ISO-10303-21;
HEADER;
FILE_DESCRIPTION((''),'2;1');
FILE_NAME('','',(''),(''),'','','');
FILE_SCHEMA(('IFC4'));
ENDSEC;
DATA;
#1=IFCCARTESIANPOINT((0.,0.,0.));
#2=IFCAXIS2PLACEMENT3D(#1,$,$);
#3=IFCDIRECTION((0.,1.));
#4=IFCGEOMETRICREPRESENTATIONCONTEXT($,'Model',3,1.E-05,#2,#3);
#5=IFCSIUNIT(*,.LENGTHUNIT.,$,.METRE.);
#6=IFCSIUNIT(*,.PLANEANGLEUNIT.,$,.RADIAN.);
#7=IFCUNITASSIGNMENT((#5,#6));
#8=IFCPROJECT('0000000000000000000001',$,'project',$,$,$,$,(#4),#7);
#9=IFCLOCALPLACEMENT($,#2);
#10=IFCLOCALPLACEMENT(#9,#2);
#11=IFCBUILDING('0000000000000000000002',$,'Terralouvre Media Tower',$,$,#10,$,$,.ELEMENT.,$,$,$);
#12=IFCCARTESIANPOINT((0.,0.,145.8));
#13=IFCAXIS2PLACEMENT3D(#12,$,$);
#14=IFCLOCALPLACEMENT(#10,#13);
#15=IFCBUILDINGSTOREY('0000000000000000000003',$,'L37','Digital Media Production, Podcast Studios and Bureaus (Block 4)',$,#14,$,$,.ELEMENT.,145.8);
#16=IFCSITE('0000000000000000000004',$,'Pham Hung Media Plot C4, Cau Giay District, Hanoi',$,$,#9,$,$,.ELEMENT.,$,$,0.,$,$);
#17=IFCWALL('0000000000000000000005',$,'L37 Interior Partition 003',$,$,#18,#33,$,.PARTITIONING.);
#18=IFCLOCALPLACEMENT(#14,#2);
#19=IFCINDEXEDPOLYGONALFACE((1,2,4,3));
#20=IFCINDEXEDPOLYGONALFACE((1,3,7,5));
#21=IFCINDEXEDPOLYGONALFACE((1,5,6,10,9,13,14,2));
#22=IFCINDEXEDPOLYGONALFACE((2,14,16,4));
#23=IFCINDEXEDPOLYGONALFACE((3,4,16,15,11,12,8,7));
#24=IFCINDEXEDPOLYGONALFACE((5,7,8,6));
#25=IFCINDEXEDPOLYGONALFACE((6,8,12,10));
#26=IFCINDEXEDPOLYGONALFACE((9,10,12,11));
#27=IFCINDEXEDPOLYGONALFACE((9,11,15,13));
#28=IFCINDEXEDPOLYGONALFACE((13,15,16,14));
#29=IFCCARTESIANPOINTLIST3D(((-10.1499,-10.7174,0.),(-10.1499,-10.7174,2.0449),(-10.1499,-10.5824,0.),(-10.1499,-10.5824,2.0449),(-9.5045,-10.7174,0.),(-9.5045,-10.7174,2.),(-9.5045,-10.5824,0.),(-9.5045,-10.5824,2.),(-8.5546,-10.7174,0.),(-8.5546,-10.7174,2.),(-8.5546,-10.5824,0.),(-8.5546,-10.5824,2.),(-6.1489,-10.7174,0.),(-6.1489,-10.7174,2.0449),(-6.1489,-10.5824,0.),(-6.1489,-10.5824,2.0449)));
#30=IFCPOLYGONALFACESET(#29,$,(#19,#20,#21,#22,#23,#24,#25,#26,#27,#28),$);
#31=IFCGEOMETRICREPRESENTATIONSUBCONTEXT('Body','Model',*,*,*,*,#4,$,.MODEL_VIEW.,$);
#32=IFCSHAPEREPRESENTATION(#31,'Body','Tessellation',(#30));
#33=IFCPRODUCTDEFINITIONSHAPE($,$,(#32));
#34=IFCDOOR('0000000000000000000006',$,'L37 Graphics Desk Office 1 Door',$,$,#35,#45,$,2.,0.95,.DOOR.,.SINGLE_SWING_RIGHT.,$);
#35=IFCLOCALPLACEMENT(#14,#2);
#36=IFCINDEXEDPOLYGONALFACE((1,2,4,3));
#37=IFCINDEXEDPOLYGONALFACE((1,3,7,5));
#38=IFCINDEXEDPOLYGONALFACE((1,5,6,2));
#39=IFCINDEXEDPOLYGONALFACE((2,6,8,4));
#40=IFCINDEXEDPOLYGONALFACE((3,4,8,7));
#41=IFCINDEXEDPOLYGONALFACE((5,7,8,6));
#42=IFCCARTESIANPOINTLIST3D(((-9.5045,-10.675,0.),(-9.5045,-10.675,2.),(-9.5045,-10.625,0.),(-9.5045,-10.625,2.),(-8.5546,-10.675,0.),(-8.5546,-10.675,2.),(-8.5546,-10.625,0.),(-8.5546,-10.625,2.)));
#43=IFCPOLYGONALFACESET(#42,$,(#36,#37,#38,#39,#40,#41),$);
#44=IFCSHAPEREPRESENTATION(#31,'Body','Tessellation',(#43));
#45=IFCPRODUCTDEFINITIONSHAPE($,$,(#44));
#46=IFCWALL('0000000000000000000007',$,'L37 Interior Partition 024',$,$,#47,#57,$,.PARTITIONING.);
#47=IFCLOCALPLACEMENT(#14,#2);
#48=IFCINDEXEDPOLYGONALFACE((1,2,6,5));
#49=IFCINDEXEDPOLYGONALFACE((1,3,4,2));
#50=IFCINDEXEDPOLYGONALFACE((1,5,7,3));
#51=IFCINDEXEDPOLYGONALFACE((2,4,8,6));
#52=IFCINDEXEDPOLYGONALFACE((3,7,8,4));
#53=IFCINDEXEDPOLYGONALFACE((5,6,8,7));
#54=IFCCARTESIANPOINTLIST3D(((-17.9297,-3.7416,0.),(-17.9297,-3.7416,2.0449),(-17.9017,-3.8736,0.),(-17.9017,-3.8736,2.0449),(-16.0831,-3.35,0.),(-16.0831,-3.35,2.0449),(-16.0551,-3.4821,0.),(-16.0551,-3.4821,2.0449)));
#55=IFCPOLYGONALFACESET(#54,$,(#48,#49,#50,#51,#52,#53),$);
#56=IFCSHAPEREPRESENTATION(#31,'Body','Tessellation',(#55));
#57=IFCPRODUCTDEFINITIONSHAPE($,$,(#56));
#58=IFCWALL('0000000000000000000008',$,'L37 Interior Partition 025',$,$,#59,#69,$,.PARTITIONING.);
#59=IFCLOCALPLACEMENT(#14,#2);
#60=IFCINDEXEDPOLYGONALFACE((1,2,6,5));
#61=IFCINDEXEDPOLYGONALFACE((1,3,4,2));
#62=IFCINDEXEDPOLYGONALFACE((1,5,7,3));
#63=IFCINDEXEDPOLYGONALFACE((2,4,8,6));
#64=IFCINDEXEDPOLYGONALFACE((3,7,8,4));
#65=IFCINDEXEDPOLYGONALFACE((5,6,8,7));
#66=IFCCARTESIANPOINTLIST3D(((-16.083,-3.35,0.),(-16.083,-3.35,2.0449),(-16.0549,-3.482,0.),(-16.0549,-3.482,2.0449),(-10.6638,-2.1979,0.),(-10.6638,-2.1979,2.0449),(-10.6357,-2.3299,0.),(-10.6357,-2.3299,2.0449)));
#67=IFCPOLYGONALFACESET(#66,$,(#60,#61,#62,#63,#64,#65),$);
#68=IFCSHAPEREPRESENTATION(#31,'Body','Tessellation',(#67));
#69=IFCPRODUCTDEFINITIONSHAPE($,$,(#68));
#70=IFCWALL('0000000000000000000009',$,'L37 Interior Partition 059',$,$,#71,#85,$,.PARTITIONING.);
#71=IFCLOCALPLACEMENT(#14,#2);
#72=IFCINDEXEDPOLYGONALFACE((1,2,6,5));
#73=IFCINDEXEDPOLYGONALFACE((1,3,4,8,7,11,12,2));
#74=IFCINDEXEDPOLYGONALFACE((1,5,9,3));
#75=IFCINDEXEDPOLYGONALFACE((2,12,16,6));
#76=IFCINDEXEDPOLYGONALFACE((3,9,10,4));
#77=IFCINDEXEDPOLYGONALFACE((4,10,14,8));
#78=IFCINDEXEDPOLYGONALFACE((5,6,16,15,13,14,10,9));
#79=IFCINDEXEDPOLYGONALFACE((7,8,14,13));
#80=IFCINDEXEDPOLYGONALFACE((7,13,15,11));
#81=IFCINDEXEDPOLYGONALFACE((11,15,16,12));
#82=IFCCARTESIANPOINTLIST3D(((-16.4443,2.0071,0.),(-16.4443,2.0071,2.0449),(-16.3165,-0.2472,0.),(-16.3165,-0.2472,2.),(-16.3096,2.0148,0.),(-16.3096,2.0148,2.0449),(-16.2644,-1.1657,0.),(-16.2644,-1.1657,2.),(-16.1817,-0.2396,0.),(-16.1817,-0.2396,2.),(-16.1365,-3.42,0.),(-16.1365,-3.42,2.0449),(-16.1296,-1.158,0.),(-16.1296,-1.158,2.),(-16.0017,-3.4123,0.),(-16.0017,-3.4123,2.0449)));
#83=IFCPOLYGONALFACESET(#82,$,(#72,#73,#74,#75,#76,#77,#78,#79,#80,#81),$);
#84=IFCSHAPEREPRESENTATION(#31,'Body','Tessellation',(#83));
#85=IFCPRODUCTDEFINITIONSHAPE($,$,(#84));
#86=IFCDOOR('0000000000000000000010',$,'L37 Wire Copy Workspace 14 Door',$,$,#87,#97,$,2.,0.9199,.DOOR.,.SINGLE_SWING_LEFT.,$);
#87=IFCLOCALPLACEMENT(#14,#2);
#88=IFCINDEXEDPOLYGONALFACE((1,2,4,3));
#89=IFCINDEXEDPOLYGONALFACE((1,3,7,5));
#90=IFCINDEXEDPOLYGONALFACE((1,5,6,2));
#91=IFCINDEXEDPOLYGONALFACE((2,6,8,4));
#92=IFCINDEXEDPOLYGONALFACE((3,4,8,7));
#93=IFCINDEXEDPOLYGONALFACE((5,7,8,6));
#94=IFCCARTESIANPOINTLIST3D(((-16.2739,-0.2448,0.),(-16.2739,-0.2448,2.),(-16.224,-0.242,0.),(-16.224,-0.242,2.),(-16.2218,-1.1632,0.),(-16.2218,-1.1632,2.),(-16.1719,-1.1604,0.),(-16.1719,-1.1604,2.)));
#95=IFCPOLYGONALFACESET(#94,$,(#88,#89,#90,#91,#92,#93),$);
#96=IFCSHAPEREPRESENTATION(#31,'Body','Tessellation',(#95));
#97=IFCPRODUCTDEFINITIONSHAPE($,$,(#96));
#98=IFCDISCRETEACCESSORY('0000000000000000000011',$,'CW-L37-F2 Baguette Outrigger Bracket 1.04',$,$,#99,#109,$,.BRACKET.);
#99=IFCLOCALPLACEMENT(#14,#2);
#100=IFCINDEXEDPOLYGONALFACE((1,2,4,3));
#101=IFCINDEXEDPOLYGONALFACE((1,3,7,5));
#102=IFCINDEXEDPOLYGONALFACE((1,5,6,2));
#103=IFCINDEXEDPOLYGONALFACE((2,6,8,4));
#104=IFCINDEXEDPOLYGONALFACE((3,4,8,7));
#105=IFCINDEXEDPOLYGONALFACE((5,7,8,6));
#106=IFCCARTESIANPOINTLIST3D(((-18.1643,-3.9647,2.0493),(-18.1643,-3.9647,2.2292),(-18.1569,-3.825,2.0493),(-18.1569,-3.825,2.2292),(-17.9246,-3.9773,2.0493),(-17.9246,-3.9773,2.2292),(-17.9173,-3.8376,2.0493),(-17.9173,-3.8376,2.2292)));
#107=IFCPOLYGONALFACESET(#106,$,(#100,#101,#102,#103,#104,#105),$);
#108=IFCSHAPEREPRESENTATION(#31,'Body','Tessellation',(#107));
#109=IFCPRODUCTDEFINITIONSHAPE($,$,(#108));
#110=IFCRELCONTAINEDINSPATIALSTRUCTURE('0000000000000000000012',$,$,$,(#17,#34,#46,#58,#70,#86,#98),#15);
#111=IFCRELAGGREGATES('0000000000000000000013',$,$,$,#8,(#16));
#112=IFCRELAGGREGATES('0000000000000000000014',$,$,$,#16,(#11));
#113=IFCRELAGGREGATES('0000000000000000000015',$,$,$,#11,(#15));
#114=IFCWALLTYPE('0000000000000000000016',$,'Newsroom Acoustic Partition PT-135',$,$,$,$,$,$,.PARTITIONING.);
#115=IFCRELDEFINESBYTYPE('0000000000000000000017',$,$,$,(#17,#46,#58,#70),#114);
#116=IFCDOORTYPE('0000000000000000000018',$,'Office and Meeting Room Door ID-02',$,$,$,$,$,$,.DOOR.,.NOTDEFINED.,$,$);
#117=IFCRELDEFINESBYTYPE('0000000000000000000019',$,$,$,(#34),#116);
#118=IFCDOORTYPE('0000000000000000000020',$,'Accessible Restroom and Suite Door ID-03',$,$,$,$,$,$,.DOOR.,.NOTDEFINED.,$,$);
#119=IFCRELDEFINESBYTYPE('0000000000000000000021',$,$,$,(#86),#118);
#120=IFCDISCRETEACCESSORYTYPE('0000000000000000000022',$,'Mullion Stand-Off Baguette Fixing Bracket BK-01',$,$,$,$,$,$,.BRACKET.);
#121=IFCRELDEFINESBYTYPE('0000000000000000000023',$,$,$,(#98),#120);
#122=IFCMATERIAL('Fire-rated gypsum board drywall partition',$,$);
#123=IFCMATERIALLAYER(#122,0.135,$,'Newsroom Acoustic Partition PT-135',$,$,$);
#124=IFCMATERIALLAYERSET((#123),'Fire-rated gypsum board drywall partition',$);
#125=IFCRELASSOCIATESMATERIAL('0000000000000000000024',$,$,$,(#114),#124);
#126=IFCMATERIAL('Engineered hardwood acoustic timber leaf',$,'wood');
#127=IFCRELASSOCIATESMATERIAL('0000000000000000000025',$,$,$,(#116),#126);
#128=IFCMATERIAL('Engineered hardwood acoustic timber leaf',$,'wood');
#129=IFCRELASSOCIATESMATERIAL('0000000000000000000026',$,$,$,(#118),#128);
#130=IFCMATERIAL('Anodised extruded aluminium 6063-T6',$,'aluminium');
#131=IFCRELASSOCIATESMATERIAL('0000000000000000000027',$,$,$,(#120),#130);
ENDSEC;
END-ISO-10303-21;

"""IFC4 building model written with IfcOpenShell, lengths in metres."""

from ifc_helpers import new_model, si_unit, direction, frame, frame_2d, origin, origin_2d, place, context, subcontext, project, spatial, rectangle, extrude, material, layer, layer_set, type_object, element, fill, save


model = new_model("IFC4")

# Units and contexts
model_context = context("Model", 3, precision=1e-05, world=origin(), true_north=direction((0.0, 1.0)))
body_context = subcontext(model_context, "Body", "Model", "MODEL_VIEW")
ifc_project = project(units=[si_unit("LENGTHUNIT", "METRE"), si_unit("PLANEANGLEUNIT", "RADIAN")], contexts=[model_context])

# Site, building, storey
site_placement = place(None, origin())
site = spatial("IfcSite", under=ifc_project, at=site_placement, Name="Pham Hung Media Plot C4, Cau Giay District, Hanoi", CompositionType="ELEMENT", RefElevation=0.0)
building_placement = place(site_placement, origin())
building = spatial("IfcBuilding", under=site, at=building_placement, Name="Terralouvre Media Tower", CompositionType="ELEMENT")
storey_placement = place(building_placement, frame((0.0, 0.0, 145.8)))
storey = spatial("IfcBuildingStorey", under=building, at=storey_placement, Name="L37", Description="Digital Media Production, Podcast Studios and Bureaus (Block 4)", CompositionType="ELEMENT", Elevation=145.8)

# Shared definitions
ifc_material_1 = material(Name="Fire-rated gypsum board drywall partition")
ifc_layer_1 = layer(ifc_material_1, 0.135, Name="Newsroom Acoustic Partition PT-135")
ifc_layer_set_1 = layer_set([ifc_layer_1], Name="Fire-rated gypsum board drywall partition")
wall_type = type_object("IfcWallType", Name="Newsroom Acoustic Partition PT-135", PredefinedType="PARTITIONING", material=ifc_layer_set_1)

# Wall, opening, door
wall_1_placement = place(storey_placement, frame((-10.1499, -10.6499, 0.0), z_axis=(0.0, 0.0, 1.0), x_axis=(1.0, 0.0, 0.0)))
wall_1 = element("IfcWall", 1, at=wall_1_placement, inside=storey, type_object=wall_type, Name="L37 Interior Partition 003", PredefinedType="PARTITIONING", context=body_context, shape_type="SweptSolid", body=[
    extrude(rectangle(XDim=4.001, YDim=0.135, at=frame_2d((2.0005, 0.0))), origin(), (0.0, 0.0, 1.0), 2.0449),
])
opening_1_placement = place(wall_1_placement, frame((0.6453, 0.0, 0.0)))
opening_1 = element("IfcOpeningElement", 2, at=opening_1_placement, cuts=wall_1, PredefinedType="OPENING", context=body_context, shape_type="SweptSolid", body=[
    extrude(rectangle(XDim=0.95, YDim=2.0, at=frame_2d((0.4751, 1.0))), frame((0.0, 0.0774, 0.0), z_axis=(0.0, -1.0, 0.0), x_axis=(1.0, 0.0, 0.0)), (0.0, 0.0, 1.0), 0.155),
])
ifc_material_2 = material(Name="Engineered hardwood acoustic timber leaf", Category="wood")
door_type_1 = type_object("IfcDoorType", Name="Office and Meeting Room Door ID-02", OperationType="NOTDEFINED", PredefinedType="DOOR", material=ifc_material_2)
door_1_placement = place(opening_1_placement, origin())
door_1 = element("IfcDoor", 3, at=door_1_placement, inside=storey, type_object=door_type_1, Name="L37 Graphics Desk Office 1 Door", OperationType="SINGLE_SWING_RIGHT", OverallHeight=2.0, OverallWidth=0.95, PredefinedType="DOOR", context=body_context, shape_type="SweptSolid", body=[
    extrude(rectangle(XDim=0.95, YDim=2.0, at=frame_2d((0.4751, 1.0))), frame((0.0, 0.0249, 0.0), z_axis=(0.0, -1.0, 0.0), x_axis=(1.0, 0.0, 0.0)), (0.0, 0.0, 1.0), 0.05),
])
fill(opening_1, door_1)

# Walls
wall_2_placement = place(storey_placement, frame((-16.0691, -3.416, 0.0), z_axis=(0.0, 0.0, 1.0), x_axis=(-0.978247, -0.207444, 0.0)))
element("IfcWall", 4, at=wall_2_placement, inside=storey, type_object=wall_type, Name="L37 Interior Partition 024", PredefinedType="PARTITIONING", context=body_context, shape_type="SweptSolid", body=[
    extrude(rectangle(XDim=1.8877, YDim=0.135, at=frame_2d((0.9438, 0.0))), origin(), (0.0, 0.0, 1.0), 2.0449),
])
wall_3_placement = place(storey_placement, frame((-10.6499, -2.2639, 0.0), z_axis=(0.0, 0.0, 1.0), x_axis=(-0.97814, -0.207949, 0.0)))
element("IfcWall", 5, at=wall_3_placement, inside=storey, type_object=wall_type, Name="L37 Interior Partition 025", PredefinedType="PARTITIONING", context=body_context, shape_type="SweptSolid", body=[
    extrude(rectangle(XDim=5.5403, YDim=0.135, at=frame_2d((2.77, 0.0))), origin(), (0.0, 0.0, 1.0), 2.0449),
])

# Wall, opening, door
wall_4_placement = place(storey_placement, frame((-16.0691, -3.416, 0.0), z_axis=(0.0, 0.0, 1.0), x_axis=(-0.056637, 0.998395, 0.0)))
wall_4 = element("IfcWall", 6, at=wall_4_placement, inside=storey, type_object=wall_type, Name="L37 Interior Partition 059", PredefinedType="PARTITIONING", context=body_context, shape_type="SweptSolid", body=[
    extrude(rectangle(XDim=5.4358, YDim=0.135, at=frame_2d((2.7178, 0.0))), origin(), (0.0, 0.0, 1.0), 2.0449),
])
opening_2_placement = place(wall_4_placement, frame((2.2578, 0.0, 0.0)))
opening_2 = element("IfcOpeningElement", 7, at=opening_2_placement, cuts=wall_4, PredefinedType="OPENING", context=body_context, shape_type="SweptSolid", body=[
    extrude(rectangle(XDim=0.9199, YDim=2.0, at=frame_2d((0.46, 1.0))), frame((0.0, 0.0774, 0.0), z_axis=(0.0, -1.0, 0.0), x_axis=(1.0, 0.0, 0.0)), (0.0, 0.0, 1.0), 0.155),
])
ifc_material_3 = material(Name="Engineered hardwood acoustic timber leaf", Category="wood")
door_type_2 = type_object("IfcDoorType", Name="Accessible Restroom and Suite Door ID-03", OperationType="NOTDEFINED", PredefinedType="DOOR", material=ifc_material_3)
door_2_placement = place(opening_2_placement, origin())
door_2 = element("IfcDoor", 8, at=door_2_placement, inside=storey, type_object=door_type_2, Name="L37 Wire Copy Workspace 14 Door", OperationType="SINGLE_SWING_LEFT", OverallHeight=2.0, OverallWidth=0.9199, PredefinedType="DOOR", context=body_context, shape_type="SweptSolid", body=[
    extrude(rectangle(XDim=0.9199, YDim=2.0, at=frame_2d((0.46, 1.0))), frame((0.0, 0.0249, 0.0), z_axis=(0.0, -1.0, 0.0), x_axis=(1.0, 0.0, 0.0)), (0.0, 0.0, 1.0), 0.05),
])
fill(opening_2, door_2)

# Discrete accessory
ifc_material_4 = material(Name="Anodised extruded aluminium 6063-T6", Category="aluminium")
discrete_accessory_type = type_object("IfcDiscreteAccessoryType", Name="Mullion Stand-Off Baguette Fixing Bracket BK-01", PredefinedType="BRACKET", material=ifc_material_4)
discrete_accessory_placement = place(storey_placement, frame((-18.0408, -3.9011, 2.0493), z_axis=(0.0, 0.0, 1.0), x_axis=(-0.052336, -0.99863, 0.0)))
element("IfcDiscreteAccessory", 9, at=discrete_accessory_placement, inside=storey, type_object=discrete_accessory_type, Name="CW-L37-F2 Baguette Outrigger Bracket 1.04", PredefinedType="BRACKET", context=body_context, shape_type="SweptSolid", body=[
    extrude(rectangle(XDim=0.1399, YDim=0.24, at=origin_2d()), origin(), (0.0, 0.0, 1.0), 0.1799),
])

save(model, "model.ifc")
